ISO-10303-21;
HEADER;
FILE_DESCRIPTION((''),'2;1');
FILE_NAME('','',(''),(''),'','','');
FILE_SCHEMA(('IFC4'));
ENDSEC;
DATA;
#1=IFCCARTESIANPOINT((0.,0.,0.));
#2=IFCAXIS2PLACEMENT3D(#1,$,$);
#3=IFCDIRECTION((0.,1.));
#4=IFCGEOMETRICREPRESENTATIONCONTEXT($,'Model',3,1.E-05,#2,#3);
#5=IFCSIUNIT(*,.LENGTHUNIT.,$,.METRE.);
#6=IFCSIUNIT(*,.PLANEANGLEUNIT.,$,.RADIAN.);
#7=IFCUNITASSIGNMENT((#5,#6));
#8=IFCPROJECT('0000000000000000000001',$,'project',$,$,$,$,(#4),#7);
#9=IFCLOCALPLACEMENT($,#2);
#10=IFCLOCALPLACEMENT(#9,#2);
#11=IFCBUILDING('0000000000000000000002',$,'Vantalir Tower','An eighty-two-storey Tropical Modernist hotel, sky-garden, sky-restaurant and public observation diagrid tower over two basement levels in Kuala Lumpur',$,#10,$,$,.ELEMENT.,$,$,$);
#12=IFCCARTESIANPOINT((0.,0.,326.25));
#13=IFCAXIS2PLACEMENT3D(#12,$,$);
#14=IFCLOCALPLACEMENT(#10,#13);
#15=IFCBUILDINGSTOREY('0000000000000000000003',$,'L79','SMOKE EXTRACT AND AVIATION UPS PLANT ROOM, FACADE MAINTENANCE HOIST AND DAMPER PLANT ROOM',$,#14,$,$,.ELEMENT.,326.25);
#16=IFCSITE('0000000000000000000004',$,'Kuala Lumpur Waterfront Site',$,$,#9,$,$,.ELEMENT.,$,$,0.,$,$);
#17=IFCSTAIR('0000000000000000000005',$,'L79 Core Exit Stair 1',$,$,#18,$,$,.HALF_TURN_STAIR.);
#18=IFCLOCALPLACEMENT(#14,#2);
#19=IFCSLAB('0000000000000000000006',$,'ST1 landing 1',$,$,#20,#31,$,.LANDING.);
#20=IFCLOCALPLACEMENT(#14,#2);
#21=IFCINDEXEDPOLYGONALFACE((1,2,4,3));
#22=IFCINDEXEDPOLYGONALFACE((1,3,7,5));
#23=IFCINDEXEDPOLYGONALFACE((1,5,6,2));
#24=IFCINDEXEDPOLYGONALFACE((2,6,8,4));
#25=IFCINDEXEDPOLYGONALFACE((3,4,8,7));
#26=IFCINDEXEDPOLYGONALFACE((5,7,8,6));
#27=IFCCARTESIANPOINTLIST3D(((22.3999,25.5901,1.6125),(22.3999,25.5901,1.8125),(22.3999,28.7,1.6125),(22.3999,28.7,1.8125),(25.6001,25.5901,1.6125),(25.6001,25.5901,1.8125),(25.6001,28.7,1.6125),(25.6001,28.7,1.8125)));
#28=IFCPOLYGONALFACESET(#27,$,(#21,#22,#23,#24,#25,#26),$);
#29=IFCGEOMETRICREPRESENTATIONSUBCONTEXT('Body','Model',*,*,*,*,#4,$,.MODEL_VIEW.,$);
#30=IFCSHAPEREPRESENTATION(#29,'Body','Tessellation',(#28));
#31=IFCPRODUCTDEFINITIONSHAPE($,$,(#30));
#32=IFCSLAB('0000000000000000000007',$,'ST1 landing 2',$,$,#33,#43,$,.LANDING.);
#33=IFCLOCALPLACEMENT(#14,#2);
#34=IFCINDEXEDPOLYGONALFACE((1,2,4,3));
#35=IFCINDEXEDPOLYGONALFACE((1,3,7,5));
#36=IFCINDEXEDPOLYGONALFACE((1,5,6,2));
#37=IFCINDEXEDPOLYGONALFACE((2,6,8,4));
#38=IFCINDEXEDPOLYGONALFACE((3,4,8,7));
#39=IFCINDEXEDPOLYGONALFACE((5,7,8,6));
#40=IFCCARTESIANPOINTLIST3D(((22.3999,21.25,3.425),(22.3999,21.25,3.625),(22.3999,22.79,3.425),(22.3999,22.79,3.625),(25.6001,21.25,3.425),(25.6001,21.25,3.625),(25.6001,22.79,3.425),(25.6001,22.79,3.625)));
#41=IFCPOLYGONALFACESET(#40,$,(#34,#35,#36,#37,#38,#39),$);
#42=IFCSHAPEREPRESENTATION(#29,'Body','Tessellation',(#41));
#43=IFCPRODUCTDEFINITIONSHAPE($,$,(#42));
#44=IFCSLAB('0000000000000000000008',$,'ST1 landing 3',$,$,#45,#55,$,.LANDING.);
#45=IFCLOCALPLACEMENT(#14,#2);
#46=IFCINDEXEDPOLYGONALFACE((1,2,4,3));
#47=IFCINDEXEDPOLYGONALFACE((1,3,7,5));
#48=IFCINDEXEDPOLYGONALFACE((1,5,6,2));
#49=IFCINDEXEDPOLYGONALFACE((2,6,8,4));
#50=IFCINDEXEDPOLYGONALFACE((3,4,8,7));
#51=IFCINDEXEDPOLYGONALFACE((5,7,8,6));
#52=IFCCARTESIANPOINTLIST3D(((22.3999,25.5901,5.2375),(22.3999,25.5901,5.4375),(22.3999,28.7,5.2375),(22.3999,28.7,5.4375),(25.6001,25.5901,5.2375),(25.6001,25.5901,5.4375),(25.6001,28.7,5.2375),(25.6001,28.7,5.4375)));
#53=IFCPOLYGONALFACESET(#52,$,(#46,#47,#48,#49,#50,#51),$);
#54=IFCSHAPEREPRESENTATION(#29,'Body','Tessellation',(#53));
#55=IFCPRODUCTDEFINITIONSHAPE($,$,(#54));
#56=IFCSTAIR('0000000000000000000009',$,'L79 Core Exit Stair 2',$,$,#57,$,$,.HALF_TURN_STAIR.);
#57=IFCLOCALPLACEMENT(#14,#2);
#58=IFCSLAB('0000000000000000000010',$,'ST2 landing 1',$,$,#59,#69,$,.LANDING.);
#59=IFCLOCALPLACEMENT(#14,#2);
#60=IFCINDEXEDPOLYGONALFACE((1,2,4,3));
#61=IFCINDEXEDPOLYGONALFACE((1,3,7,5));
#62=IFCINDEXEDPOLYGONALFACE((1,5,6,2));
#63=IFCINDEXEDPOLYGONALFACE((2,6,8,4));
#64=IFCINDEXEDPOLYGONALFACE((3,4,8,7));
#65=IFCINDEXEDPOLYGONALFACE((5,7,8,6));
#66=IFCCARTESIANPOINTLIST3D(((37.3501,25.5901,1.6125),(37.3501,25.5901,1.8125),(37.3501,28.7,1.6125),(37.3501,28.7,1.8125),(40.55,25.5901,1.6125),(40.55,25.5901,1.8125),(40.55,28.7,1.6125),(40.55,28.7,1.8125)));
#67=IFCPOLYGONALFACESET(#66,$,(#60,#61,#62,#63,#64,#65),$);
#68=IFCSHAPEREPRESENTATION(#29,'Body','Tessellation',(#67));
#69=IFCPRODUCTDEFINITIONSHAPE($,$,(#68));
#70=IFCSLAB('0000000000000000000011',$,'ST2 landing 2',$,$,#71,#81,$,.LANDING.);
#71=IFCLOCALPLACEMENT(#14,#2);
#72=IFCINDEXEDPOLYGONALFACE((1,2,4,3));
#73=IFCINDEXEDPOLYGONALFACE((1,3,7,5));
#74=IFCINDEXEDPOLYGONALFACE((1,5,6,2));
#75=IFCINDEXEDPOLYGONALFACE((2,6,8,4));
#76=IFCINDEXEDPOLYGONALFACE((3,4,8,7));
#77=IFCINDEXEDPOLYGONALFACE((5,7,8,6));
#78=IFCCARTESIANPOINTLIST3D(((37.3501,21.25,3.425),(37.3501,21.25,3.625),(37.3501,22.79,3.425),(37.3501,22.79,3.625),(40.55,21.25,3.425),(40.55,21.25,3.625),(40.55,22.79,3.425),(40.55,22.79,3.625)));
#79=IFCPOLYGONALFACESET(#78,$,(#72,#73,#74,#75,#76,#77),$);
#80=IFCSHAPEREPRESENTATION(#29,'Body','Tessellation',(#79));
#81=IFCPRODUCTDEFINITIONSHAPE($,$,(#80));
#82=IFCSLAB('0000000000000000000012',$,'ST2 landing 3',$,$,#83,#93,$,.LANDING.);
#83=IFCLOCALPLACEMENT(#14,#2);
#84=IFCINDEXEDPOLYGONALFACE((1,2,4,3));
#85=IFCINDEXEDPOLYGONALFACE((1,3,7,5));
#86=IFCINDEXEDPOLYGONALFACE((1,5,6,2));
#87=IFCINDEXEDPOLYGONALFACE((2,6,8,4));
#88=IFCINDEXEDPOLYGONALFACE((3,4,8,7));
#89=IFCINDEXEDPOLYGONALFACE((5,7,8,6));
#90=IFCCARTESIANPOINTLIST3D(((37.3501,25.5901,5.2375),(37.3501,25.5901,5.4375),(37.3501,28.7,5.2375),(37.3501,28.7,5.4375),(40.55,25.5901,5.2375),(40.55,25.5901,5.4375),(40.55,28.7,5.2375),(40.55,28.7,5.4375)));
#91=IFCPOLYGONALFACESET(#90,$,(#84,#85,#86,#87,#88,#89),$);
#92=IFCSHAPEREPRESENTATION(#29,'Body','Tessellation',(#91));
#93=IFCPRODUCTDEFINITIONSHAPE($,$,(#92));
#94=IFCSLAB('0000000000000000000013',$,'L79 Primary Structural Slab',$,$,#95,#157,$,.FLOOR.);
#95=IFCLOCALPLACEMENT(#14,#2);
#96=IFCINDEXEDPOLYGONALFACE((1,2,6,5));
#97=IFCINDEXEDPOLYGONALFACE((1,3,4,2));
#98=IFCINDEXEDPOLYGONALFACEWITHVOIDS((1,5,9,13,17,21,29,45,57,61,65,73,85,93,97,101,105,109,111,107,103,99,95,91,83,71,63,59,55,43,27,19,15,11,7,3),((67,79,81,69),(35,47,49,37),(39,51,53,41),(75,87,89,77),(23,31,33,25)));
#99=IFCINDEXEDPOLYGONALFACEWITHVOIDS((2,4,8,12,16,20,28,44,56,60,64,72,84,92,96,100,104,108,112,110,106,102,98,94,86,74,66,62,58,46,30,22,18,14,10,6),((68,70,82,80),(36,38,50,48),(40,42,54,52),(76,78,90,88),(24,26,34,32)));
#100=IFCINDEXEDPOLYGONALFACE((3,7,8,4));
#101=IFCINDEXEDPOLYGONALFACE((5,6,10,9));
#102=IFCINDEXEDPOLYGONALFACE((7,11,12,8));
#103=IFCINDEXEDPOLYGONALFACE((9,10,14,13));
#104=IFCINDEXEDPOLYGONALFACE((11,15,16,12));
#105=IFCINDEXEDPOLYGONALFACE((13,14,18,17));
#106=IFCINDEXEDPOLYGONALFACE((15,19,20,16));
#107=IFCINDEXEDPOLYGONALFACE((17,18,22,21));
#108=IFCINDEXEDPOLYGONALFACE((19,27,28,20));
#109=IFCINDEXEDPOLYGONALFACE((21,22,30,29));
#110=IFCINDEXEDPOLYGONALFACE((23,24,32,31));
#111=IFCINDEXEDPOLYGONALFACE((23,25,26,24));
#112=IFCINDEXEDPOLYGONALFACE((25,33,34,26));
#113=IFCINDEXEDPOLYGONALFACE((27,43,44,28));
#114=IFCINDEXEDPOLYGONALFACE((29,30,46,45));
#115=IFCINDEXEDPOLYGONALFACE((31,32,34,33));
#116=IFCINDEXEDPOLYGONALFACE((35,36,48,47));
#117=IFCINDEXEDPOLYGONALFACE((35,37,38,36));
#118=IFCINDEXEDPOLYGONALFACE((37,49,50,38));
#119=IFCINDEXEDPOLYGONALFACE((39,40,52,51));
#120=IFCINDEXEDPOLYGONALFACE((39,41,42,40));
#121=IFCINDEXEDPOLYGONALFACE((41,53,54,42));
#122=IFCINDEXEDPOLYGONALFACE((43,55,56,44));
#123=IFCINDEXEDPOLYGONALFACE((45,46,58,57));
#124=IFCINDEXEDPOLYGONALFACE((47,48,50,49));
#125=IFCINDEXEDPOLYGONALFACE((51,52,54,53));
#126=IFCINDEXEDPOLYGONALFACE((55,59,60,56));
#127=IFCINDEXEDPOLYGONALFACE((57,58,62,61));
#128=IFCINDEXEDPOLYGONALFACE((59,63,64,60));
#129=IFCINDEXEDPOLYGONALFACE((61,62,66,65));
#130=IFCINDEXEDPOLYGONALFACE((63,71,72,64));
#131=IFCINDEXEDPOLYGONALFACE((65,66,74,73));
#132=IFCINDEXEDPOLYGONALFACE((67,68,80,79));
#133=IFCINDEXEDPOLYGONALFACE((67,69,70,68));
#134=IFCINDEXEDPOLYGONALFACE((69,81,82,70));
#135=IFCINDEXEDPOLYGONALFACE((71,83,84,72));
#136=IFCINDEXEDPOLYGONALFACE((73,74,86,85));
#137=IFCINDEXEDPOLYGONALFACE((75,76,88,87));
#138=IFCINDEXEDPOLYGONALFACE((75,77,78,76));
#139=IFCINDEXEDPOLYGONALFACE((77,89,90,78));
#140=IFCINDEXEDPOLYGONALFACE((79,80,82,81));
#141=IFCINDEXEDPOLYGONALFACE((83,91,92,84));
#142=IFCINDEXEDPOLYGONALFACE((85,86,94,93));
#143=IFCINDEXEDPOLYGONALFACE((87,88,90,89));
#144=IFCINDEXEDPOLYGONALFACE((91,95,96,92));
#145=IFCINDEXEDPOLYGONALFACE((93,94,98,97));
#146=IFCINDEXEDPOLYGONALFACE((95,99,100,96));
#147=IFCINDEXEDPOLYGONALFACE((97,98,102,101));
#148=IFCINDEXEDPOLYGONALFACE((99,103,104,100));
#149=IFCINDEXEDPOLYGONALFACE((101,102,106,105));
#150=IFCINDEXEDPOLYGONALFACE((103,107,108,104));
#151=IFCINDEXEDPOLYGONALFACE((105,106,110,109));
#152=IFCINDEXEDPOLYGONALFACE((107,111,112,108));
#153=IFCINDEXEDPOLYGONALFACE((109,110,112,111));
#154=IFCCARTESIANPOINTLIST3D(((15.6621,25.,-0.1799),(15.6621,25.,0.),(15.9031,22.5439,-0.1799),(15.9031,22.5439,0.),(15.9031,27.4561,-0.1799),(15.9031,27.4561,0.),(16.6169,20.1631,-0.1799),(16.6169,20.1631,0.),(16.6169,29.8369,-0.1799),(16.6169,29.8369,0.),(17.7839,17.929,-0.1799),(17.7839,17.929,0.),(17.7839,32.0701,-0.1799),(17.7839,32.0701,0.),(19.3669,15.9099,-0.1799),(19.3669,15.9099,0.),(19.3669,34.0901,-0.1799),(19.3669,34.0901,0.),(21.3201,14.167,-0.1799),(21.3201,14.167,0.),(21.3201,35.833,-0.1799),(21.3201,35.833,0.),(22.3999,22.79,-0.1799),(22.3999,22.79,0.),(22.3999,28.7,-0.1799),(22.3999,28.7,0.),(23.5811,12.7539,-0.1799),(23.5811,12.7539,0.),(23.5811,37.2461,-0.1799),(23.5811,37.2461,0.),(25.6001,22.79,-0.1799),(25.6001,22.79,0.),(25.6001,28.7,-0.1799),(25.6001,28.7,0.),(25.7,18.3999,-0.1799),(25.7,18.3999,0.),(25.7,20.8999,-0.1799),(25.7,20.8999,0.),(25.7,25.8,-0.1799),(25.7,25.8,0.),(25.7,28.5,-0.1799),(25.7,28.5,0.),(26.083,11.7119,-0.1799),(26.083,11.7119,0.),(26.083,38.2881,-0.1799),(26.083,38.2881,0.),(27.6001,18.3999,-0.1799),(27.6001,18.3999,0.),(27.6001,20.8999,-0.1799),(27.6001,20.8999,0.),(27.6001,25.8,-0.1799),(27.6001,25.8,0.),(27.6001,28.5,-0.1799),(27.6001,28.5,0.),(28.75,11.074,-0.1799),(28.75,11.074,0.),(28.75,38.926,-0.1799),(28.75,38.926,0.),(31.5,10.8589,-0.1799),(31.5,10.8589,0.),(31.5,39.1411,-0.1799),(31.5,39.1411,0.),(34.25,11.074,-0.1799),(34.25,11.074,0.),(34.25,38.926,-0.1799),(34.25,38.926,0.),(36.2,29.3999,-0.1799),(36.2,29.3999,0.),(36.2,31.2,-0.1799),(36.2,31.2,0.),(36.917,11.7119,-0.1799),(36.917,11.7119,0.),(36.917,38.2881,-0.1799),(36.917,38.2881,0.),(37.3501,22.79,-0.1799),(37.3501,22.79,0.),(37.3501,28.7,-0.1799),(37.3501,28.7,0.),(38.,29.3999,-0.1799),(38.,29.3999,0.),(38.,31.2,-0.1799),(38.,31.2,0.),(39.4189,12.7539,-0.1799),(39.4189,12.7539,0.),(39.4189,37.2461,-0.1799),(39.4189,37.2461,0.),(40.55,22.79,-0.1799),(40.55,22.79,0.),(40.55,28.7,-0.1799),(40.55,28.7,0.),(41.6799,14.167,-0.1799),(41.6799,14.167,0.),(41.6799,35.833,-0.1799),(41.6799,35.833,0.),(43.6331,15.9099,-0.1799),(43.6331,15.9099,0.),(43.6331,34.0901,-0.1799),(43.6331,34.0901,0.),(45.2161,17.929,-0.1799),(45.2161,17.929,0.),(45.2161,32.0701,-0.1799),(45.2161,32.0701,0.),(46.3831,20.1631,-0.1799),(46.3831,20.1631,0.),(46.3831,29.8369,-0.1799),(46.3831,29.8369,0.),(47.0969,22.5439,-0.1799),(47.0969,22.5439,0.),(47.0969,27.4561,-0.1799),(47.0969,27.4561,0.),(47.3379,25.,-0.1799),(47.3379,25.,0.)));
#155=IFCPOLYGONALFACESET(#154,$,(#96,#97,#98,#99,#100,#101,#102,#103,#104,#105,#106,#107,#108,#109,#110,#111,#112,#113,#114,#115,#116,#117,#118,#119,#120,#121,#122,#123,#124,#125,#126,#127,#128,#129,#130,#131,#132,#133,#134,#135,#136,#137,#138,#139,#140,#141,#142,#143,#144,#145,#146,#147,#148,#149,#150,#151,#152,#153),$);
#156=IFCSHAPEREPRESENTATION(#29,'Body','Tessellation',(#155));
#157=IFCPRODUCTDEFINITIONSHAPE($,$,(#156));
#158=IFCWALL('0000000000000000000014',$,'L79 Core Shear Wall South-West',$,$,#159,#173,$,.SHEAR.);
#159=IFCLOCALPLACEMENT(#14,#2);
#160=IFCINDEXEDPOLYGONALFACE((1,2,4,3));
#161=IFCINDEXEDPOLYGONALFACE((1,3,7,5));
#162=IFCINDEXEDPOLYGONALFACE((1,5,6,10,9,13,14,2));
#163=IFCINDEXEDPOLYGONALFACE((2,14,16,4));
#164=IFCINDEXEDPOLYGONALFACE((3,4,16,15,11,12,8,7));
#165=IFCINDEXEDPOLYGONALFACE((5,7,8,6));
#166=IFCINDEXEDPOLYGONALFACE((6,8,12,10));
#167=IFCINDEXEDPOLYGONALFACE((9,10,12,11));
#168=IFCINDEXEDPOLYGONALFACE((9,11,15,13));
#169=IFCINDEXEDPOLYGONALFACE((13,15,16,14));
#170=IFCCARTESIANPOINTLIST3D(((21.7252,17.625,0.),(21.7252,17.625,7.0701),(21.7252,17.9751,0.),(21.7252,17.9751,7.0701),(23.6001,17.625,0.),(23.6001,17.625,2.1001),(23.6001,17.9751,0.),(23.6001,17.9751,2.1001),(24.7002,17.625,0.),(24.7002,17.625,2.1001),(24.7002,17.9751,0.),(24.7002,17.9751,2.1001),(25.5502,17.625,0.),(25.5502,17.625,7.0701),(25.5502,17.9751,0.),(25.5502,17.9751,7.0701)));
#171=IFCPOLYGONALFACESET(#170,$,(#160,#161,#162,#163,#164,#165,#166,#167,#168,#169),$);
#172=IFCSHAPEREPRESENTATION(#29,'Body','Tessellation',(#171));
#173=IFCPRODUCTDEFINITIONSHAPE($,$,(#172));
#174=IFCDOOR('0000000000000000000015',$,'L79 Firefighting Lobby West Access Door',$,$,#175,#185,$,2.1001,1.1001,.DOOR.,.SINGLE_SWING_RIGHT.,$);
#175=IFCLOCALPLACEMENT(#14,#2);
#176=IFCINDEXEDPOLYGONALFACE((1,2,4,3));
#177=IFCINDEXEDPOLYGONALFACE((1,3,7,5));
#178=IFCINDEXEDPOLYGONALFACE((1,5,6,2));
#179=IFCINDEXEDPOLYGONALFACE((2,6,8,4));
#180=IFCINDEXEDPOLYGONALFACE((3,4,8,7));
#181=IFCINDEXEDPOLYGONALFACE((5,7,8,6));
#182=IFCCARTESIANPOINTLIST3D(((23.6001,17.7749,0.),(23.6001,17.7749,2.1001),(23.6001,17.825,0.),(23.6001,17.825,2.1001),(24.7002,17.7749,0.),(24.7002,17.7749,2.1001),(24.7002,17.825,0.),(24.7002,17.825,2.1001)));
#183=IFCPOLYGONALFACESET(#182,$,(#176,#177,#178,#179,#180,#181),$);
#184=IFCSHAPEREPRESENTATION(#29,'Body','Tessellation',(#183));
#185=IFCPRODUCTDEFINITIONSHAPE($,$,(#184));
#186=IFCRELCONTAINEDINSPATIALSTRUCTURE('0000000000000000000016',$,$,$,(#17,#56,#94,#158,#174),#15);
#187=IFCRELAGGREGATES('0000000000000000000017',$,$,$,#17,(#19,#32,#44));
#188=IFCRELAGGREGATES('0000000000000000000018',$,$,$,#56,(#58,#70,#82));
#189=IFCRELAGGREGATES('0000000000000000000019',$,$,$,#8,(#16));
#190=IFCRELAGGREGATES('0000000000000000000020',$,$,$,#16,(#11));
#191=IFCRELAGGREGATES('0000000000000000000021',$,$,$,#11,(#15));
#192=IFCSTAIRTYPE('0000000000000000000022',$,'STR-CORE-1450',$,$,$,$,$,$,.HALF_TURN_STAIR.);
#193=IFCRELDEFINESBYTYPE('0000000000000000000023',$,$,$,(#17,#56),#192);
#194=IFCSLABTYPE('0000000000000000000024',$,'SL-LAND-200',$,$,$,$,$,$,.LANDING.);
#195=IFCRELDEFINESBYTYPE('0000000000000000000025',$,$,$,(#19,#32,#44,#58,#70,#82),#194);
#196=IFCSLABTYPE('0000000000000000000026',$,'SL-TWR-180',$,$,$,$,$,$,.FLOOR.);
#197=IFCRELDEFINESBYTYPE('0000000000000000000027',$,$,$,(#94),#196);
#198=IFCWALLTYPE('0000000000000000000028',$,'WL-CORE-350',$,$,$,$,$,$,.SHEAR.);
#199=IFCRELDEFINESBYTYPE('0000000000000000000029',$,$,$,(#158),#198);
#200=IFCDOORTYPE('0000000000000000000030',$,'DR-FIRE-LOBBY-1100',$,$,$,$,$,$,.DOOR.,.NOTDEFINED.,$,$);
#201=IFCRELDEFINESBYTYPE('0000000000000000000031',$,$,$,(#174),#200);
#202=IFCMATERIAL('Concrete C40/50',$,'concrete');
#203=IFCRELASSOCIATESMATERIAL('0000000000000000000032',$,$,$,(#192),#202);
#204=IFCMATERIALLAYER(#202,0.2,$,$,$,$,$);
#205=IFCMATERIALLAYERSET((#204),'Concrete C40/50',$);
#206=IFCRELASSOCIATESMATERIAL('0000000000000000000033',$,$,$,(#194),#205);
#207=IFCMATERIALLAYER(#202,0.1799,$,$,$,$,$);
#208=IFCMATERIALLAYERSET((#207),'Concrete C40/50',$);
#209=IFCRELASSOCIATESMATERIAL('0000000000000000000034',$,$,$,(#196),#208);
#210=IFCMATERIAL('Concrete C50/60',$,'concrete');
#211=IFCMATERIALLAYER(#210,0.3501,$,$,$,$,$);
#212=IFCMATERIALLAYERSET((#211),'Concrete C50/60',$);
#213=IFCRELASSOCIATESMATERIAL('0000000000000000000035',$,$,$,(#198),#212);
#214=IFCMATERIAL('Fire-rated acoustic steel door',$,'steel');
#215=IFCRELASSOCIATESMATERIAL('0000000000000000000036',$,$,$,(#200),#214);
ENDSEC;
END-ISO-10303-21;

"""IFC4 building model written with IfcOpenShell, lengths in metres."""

from ifc_helpers import new_model, si_unit, direction, frame, frame_2d, origin, place, context, subcontext, project, spatial, polyline, rectangle, outline, extrude, material, layer, layer_set, type_object, element, fill, aggregate, save


model = new_model("IFC4")

# Units and contexts
model_context = context("Model", 3, precision=1e-05, world=origin(), true_north=direction((0.0, 1.0)))
body_context = subcontext(model_context, "Body", "Model", "MODEL_VIEW")
ifc_project = project(units=[si_unit("LENGTHUNIT", "METRE"), si_unit("PLANEANGLEUNIT", "RADIAN")], contexts=[model_context])

# Site, building, storey
site_placement = place(None, origin())
site = spatial("IfcSite", under=ifc_project, at=site_placement, Name="Kuala Lumpur Waterfront Site", CompositionType="ELEMENT", RefElevation=0.0)
building_placement = place(site_placement, origin())
building = spatial("IfcBuilding", under=site, at=building_placement, Name="Vantalir Tower", Description="An eighty-two-storey Tropical Modernist hotel, sky-garden, sky-restaurant and public observation diagrid tower over two basement levels in Kuala Lumpur", CompositionType="ELEMENT")
storey_placement = place(building_placement, frame((0.0, 0.0, 326.25)))
storey = spatial("IfcBuildingStorey", under=building, at=storey_placement, Name="L79", Description="SMOKE EXTRACT AND AVIATION UPS PLANT ROOM, FACADE MAINTENANCE HOIST AND DAMPER PLANT ROOM", CompositionType="ELEMENT", Elevation=326.25)

# Stairs, slabs
ifc_material_1 = material(Name="Concrete C40/50", Category="concrete")
stair_type = type_object("IfcStairType", Name="STR-CORE-1450", PredefinedType="HALF_TURN_STAIR", material=ifc_material_1)
stair_1_placement = place(storey_placement, origin())
stair_1 = element("IfcStair", 1, at=stair_1_placement, inside=storey, type_object=stair_type, Name="L79 Core Exit Stair 1", PredefinedType="HALF_TURN_STAIR")
ifc_layer_1 = layer(ifc_material_1, 0.2)
ifc_layer_set_1 = layer_set([ifc_layer_1], Name="Concrete C40/50")
slab_type_1 = type_object("IfcSlabType", Name="SL-LAND-200", PredefinedType="LANDING", material=ifc_layer_set_1)
slab_1_placement = place(storey_placement, frame((0.0, 0.0, 1.6125)))
slab_1 = element("IfcSlab", 2, at=slab_1_placement, type_object=slab_type_1, Name="ST1 landing 1", PredefinedType="LANDING", context=body_context, shape_type="SweptSolid", body=[
    extrude(outline(polyline([(25.6001, 25.5901), (25.6001, 28.7), (22.3999, 28.7), (22.3999, 25.5901), (25.6001, 25.5901)])), origin(), (0.0, 0.0, 1.0), 0.2),
])
slab_2_placement = place(storey_placement, frame((0.0, 0.0, 3.425)))
slab_2 = element("IfcSlab", 3, at=slab_2_placement, type_object=slab_type_1, Name="ST1 landing 2", PredefinedType="LANDING", context=body_context, shape_type="SweptSolid", body=[
    extrude(outline(polyline([(25.6001, 21.25), (25.6001, 22.79), (22.3999, 22.79), (22.3999, 21.25), (25.6001, 21.25)])), origin(), (0.0, 0.0, 1.0), 0.2),
])
slab_3_placement = place(storey_placement, frame((0.0, 0.0, 5.2375)))
slab_3 = element("IfcSlab", 4, at=slab_3_placement, type_object=slab_type_1, Name="ST1 landing 3", PredefinedType="LANDING", context=body_context, shape_type="SweptSolid", body=[
    extrude(outline(polyline([(25.6001, 25.5901), (25.6001, 28.7), (22.3999, 28.7), (22.3999, 25.5901), (25.6001, 25.5901)])), origin(), (0.0, 0.0, 1.0), 0.2),
])
aggregate(stair_1, [slab_1, slab_2, slab_3])
stair_2_placement = place(storey_placement, origin())
stair_2 = element("IfcStair", 5, at=stair_2_placement, inside=storey, type_object=stair_type, Name="L79 Core Exit Stair 2", PredefinedType="HALF_TURN_STAIR")
slab_4_placement = place(storey_placement, frame((0.0, 0.0, 1.6125)))
slab_4 = element("IfcSlab", 6, at=slab_4_placement, type_object=slab_type_1, Name="ST2 landing 1", PredefinedType="LANDING", context=body_context, shape_type="SweptSolid", body=[
    extrude(outline(polyline([(40.55, 25.5901), (40.55, 28.7), (37.3501, 28.7), (37.3501, 25.5901), (40.55, 25.5901)])), origin(), (0.0, 0.0, 1.0), 0.2),
])
slab_5_placement = place(storey_placement, frame((0.0, 0.0, 3.425)))
slab_5 = element("IfcSlab", 7, at=slab_5_placement, type_object=slab_type_1, Name="ST2 landing 2", PredefinedType="LANDING", context=body_context, shape_type="SweptSolid", body=[
    extrude(outline(polyline([(40.55, 21.25), (40.55, 22.79), (37.3501, 22.79), (37.3501, 21.25), (40.55, 21.25)])), origin(), (0.0, 0.0, 1.0), 0.2),
])
slab_6_placement = place(storey_placement, frame((0.0, 0.0, 5.2375)))
slab_6 = element("IfcSlab", 8, at=slab_6_placement, type_object=slab_type_1, Name="ST2 landing 3", PredefinedType="LANDING", context=body_context, shape_type="SweptSolid", body=[
    extrude(outline(polyline([(40.55, 25.5901), (40.55, 28.7), (37.3501, 28.7), (37.3501, 25.5901), (40.55, 25.5901)])), origin(), (0.0, 0.0, 1.0), 0.2),
])
aggregate(stair_2, [slab_4, slab_5, slab_6])

# Slab
ifc_layer_2 = layer(ifc_material_1, 0.1799)
ifc_layer_set_2 = layer_set([ifc_layer_2], Name="Concrete C40/50")
slab_type_2 = type_object("IfcSlabType", Name="SL-TWR-180", PredefinedType="FLOOR", material=ifc_layer_set_2)
slab_7_placement = place(storey_placement, frame((0.0, 0.0, -0.1799)))
element("IfcSlab", 9, at=slab_7_placement, inside=storey, type_object=slab_type_2, Name="L79 Primary Structural Slab", PredefinedType="FLOOR", context=body_context, shape_type="SweptSolid", body=[
    extrude(outline(polyline([(43.6331, 15.9099), (45.2161, 17.929), (46.3831, 20.1631), (47.0969, 22.5439), (47.3379, 25.0), (47.0969, 27.4561), (46.3831, 29.8369), (45.2161, 32.0701), (43.6331, 34.0901), (41.6799, 35.833), (39.4189, 37.2461), (36.917, 38.2881), (34.25, 38.926), (31.5, 39.1411), (28.75, 38.926), (26.083, 38.2881), (23.5811, 37.2461), (21.3201, 35.833), (19.3669, 34.0901), (17.7839, 32.0701), (16.6169, 29.8369), (15.9031, 27.4561), (15.6621, 25.0), (15.9031, 22.5439), (16.6169, 20.1631), (17.7839, 17.929), (19.3669, 15.9099), (21.3201, 14.167), (23.5811, 12.7539), (26.083, 11.7119), (28.75, 11.074), (31.5, 10.8589), (34.25, 11.074), (36.917, 11.7119), (39.4189, 12.7539), (41.6799, 14.167), (43.6331, 15.9099)]), holes=[polyline([(25.6001, 22.79), (22.3999, 22.79), (22.3999, 28.7), (25.6001, 28.7), (25.6001, 22.79)]), polyline([(37.3501, 22.79), (37.3501, 28.7), (40.55, 28.7), (40.55, 22.79), (37.3501, 22.79)]), polyline([(25.7, 20.8999), (27.6001, 20.8999), (27.6001, 18.3999), (25.7, 18.3999), (25.7, 20.8999)]), polyline([(27.6001, 28.5), (27.6001, 25.8), (25.7, 25.8), (25.7, 28.5), (27.6001, 28.5)]), polyline([(38.0, 29.3999), (36.2, 29.3999), (36.2, 31.2), (38.0, 31.2), (38.0, 29.3999)])]), origin(), (0.0, 0.0, 1.0), 0.1799),
])

# Wall, opening, door
ifc_material_2 = material(Name="Concrete C50/60", Category="concrete")
ifc_layer_3 = layer(ifc_material_2, 0.3501)
ifc_layer_set_3 = layer_set([ifc_layer_3], Name="Concrete C50/60")
wall_type = type_object("IfcWallType", Name="WL-CORE-350", PredefinedType="SHEAR", material=ifc_layer_set_3)
wall_placement = place(storey_placement, frame((21.7251, 17.8, 0.0), z_axis=(0.0, 0.0, 1.0), x_axis=(1.0, 0.0, 0.0)))
wall = element("IfcWall", 10, at=wall_placement, inside=storey, type_object=wall_type, Name="L79 Core Shear Wall South-West", PredefinedType="SHEAR", context=body_context, shape_type="SweptSolid", body=[
    extrude(rectangle(XDim=3.825, YDim=0.3501, at=frame_2d((1.9126, 0.0))), origin(), (0.0, 0.0, 1.0), 7.0701),
])
opening_placement = place(wall_placement, frame((1.875, 0.0, 0.0)))
opening = element("IfcOpeningElement", 11, at=opening_placement, cuts=wall, PredefinedType="OPENING", context=body_context, shape_type="SweptSolid", body=[
    extrude(rectangle(XDim=1.1001, YDim=2.1001, at=frame_2d((0.55, 1.05))), frame((0.0, 0.1851, 0.0), z_axis=(0.0, -1.0, 0.0), x_axis=(1.0, 0.0, 0.0)), (0.0, 0.0, 1.0), 0.3701),
])
ifc_material_3 = material(Name="Fire-rated acoustic steel door", Category="steel")
door_type = type_object("IfcDoorType", Name="DR-FIRE-LOBBY-1100", OperationType="NOTDEFINED", PredefinedType="DOOR", material=ifc_material_3)
door_placement = place(opening_placement, origin())
door = element("IfcDoor", 12, at=door_placement, inside=storey, type_object=door_type, Name="L79 Firefighting Lobby West Access Door", OperationType="SINGLE_SWING_RIGHT", OverallHeight=2.1001, OverallWidth=1.1001, PredefinedType="DOOR", context=body_context, shape_type="SweptSolid", body=[
    extrude(rectangle(XDim=1.1001, YDim=2.1001, at=frame_2d((0.55, 1.05))), frame((0.0, 0.0249, 0.0), z_axis=(0.0, -1.0, 0.0), x_axis=(1.0, 0.0, 0.0)), (0.0, 0.0, 1.0), 0.05),
])
fill(opening, door)

save(model, "model.ifc")
